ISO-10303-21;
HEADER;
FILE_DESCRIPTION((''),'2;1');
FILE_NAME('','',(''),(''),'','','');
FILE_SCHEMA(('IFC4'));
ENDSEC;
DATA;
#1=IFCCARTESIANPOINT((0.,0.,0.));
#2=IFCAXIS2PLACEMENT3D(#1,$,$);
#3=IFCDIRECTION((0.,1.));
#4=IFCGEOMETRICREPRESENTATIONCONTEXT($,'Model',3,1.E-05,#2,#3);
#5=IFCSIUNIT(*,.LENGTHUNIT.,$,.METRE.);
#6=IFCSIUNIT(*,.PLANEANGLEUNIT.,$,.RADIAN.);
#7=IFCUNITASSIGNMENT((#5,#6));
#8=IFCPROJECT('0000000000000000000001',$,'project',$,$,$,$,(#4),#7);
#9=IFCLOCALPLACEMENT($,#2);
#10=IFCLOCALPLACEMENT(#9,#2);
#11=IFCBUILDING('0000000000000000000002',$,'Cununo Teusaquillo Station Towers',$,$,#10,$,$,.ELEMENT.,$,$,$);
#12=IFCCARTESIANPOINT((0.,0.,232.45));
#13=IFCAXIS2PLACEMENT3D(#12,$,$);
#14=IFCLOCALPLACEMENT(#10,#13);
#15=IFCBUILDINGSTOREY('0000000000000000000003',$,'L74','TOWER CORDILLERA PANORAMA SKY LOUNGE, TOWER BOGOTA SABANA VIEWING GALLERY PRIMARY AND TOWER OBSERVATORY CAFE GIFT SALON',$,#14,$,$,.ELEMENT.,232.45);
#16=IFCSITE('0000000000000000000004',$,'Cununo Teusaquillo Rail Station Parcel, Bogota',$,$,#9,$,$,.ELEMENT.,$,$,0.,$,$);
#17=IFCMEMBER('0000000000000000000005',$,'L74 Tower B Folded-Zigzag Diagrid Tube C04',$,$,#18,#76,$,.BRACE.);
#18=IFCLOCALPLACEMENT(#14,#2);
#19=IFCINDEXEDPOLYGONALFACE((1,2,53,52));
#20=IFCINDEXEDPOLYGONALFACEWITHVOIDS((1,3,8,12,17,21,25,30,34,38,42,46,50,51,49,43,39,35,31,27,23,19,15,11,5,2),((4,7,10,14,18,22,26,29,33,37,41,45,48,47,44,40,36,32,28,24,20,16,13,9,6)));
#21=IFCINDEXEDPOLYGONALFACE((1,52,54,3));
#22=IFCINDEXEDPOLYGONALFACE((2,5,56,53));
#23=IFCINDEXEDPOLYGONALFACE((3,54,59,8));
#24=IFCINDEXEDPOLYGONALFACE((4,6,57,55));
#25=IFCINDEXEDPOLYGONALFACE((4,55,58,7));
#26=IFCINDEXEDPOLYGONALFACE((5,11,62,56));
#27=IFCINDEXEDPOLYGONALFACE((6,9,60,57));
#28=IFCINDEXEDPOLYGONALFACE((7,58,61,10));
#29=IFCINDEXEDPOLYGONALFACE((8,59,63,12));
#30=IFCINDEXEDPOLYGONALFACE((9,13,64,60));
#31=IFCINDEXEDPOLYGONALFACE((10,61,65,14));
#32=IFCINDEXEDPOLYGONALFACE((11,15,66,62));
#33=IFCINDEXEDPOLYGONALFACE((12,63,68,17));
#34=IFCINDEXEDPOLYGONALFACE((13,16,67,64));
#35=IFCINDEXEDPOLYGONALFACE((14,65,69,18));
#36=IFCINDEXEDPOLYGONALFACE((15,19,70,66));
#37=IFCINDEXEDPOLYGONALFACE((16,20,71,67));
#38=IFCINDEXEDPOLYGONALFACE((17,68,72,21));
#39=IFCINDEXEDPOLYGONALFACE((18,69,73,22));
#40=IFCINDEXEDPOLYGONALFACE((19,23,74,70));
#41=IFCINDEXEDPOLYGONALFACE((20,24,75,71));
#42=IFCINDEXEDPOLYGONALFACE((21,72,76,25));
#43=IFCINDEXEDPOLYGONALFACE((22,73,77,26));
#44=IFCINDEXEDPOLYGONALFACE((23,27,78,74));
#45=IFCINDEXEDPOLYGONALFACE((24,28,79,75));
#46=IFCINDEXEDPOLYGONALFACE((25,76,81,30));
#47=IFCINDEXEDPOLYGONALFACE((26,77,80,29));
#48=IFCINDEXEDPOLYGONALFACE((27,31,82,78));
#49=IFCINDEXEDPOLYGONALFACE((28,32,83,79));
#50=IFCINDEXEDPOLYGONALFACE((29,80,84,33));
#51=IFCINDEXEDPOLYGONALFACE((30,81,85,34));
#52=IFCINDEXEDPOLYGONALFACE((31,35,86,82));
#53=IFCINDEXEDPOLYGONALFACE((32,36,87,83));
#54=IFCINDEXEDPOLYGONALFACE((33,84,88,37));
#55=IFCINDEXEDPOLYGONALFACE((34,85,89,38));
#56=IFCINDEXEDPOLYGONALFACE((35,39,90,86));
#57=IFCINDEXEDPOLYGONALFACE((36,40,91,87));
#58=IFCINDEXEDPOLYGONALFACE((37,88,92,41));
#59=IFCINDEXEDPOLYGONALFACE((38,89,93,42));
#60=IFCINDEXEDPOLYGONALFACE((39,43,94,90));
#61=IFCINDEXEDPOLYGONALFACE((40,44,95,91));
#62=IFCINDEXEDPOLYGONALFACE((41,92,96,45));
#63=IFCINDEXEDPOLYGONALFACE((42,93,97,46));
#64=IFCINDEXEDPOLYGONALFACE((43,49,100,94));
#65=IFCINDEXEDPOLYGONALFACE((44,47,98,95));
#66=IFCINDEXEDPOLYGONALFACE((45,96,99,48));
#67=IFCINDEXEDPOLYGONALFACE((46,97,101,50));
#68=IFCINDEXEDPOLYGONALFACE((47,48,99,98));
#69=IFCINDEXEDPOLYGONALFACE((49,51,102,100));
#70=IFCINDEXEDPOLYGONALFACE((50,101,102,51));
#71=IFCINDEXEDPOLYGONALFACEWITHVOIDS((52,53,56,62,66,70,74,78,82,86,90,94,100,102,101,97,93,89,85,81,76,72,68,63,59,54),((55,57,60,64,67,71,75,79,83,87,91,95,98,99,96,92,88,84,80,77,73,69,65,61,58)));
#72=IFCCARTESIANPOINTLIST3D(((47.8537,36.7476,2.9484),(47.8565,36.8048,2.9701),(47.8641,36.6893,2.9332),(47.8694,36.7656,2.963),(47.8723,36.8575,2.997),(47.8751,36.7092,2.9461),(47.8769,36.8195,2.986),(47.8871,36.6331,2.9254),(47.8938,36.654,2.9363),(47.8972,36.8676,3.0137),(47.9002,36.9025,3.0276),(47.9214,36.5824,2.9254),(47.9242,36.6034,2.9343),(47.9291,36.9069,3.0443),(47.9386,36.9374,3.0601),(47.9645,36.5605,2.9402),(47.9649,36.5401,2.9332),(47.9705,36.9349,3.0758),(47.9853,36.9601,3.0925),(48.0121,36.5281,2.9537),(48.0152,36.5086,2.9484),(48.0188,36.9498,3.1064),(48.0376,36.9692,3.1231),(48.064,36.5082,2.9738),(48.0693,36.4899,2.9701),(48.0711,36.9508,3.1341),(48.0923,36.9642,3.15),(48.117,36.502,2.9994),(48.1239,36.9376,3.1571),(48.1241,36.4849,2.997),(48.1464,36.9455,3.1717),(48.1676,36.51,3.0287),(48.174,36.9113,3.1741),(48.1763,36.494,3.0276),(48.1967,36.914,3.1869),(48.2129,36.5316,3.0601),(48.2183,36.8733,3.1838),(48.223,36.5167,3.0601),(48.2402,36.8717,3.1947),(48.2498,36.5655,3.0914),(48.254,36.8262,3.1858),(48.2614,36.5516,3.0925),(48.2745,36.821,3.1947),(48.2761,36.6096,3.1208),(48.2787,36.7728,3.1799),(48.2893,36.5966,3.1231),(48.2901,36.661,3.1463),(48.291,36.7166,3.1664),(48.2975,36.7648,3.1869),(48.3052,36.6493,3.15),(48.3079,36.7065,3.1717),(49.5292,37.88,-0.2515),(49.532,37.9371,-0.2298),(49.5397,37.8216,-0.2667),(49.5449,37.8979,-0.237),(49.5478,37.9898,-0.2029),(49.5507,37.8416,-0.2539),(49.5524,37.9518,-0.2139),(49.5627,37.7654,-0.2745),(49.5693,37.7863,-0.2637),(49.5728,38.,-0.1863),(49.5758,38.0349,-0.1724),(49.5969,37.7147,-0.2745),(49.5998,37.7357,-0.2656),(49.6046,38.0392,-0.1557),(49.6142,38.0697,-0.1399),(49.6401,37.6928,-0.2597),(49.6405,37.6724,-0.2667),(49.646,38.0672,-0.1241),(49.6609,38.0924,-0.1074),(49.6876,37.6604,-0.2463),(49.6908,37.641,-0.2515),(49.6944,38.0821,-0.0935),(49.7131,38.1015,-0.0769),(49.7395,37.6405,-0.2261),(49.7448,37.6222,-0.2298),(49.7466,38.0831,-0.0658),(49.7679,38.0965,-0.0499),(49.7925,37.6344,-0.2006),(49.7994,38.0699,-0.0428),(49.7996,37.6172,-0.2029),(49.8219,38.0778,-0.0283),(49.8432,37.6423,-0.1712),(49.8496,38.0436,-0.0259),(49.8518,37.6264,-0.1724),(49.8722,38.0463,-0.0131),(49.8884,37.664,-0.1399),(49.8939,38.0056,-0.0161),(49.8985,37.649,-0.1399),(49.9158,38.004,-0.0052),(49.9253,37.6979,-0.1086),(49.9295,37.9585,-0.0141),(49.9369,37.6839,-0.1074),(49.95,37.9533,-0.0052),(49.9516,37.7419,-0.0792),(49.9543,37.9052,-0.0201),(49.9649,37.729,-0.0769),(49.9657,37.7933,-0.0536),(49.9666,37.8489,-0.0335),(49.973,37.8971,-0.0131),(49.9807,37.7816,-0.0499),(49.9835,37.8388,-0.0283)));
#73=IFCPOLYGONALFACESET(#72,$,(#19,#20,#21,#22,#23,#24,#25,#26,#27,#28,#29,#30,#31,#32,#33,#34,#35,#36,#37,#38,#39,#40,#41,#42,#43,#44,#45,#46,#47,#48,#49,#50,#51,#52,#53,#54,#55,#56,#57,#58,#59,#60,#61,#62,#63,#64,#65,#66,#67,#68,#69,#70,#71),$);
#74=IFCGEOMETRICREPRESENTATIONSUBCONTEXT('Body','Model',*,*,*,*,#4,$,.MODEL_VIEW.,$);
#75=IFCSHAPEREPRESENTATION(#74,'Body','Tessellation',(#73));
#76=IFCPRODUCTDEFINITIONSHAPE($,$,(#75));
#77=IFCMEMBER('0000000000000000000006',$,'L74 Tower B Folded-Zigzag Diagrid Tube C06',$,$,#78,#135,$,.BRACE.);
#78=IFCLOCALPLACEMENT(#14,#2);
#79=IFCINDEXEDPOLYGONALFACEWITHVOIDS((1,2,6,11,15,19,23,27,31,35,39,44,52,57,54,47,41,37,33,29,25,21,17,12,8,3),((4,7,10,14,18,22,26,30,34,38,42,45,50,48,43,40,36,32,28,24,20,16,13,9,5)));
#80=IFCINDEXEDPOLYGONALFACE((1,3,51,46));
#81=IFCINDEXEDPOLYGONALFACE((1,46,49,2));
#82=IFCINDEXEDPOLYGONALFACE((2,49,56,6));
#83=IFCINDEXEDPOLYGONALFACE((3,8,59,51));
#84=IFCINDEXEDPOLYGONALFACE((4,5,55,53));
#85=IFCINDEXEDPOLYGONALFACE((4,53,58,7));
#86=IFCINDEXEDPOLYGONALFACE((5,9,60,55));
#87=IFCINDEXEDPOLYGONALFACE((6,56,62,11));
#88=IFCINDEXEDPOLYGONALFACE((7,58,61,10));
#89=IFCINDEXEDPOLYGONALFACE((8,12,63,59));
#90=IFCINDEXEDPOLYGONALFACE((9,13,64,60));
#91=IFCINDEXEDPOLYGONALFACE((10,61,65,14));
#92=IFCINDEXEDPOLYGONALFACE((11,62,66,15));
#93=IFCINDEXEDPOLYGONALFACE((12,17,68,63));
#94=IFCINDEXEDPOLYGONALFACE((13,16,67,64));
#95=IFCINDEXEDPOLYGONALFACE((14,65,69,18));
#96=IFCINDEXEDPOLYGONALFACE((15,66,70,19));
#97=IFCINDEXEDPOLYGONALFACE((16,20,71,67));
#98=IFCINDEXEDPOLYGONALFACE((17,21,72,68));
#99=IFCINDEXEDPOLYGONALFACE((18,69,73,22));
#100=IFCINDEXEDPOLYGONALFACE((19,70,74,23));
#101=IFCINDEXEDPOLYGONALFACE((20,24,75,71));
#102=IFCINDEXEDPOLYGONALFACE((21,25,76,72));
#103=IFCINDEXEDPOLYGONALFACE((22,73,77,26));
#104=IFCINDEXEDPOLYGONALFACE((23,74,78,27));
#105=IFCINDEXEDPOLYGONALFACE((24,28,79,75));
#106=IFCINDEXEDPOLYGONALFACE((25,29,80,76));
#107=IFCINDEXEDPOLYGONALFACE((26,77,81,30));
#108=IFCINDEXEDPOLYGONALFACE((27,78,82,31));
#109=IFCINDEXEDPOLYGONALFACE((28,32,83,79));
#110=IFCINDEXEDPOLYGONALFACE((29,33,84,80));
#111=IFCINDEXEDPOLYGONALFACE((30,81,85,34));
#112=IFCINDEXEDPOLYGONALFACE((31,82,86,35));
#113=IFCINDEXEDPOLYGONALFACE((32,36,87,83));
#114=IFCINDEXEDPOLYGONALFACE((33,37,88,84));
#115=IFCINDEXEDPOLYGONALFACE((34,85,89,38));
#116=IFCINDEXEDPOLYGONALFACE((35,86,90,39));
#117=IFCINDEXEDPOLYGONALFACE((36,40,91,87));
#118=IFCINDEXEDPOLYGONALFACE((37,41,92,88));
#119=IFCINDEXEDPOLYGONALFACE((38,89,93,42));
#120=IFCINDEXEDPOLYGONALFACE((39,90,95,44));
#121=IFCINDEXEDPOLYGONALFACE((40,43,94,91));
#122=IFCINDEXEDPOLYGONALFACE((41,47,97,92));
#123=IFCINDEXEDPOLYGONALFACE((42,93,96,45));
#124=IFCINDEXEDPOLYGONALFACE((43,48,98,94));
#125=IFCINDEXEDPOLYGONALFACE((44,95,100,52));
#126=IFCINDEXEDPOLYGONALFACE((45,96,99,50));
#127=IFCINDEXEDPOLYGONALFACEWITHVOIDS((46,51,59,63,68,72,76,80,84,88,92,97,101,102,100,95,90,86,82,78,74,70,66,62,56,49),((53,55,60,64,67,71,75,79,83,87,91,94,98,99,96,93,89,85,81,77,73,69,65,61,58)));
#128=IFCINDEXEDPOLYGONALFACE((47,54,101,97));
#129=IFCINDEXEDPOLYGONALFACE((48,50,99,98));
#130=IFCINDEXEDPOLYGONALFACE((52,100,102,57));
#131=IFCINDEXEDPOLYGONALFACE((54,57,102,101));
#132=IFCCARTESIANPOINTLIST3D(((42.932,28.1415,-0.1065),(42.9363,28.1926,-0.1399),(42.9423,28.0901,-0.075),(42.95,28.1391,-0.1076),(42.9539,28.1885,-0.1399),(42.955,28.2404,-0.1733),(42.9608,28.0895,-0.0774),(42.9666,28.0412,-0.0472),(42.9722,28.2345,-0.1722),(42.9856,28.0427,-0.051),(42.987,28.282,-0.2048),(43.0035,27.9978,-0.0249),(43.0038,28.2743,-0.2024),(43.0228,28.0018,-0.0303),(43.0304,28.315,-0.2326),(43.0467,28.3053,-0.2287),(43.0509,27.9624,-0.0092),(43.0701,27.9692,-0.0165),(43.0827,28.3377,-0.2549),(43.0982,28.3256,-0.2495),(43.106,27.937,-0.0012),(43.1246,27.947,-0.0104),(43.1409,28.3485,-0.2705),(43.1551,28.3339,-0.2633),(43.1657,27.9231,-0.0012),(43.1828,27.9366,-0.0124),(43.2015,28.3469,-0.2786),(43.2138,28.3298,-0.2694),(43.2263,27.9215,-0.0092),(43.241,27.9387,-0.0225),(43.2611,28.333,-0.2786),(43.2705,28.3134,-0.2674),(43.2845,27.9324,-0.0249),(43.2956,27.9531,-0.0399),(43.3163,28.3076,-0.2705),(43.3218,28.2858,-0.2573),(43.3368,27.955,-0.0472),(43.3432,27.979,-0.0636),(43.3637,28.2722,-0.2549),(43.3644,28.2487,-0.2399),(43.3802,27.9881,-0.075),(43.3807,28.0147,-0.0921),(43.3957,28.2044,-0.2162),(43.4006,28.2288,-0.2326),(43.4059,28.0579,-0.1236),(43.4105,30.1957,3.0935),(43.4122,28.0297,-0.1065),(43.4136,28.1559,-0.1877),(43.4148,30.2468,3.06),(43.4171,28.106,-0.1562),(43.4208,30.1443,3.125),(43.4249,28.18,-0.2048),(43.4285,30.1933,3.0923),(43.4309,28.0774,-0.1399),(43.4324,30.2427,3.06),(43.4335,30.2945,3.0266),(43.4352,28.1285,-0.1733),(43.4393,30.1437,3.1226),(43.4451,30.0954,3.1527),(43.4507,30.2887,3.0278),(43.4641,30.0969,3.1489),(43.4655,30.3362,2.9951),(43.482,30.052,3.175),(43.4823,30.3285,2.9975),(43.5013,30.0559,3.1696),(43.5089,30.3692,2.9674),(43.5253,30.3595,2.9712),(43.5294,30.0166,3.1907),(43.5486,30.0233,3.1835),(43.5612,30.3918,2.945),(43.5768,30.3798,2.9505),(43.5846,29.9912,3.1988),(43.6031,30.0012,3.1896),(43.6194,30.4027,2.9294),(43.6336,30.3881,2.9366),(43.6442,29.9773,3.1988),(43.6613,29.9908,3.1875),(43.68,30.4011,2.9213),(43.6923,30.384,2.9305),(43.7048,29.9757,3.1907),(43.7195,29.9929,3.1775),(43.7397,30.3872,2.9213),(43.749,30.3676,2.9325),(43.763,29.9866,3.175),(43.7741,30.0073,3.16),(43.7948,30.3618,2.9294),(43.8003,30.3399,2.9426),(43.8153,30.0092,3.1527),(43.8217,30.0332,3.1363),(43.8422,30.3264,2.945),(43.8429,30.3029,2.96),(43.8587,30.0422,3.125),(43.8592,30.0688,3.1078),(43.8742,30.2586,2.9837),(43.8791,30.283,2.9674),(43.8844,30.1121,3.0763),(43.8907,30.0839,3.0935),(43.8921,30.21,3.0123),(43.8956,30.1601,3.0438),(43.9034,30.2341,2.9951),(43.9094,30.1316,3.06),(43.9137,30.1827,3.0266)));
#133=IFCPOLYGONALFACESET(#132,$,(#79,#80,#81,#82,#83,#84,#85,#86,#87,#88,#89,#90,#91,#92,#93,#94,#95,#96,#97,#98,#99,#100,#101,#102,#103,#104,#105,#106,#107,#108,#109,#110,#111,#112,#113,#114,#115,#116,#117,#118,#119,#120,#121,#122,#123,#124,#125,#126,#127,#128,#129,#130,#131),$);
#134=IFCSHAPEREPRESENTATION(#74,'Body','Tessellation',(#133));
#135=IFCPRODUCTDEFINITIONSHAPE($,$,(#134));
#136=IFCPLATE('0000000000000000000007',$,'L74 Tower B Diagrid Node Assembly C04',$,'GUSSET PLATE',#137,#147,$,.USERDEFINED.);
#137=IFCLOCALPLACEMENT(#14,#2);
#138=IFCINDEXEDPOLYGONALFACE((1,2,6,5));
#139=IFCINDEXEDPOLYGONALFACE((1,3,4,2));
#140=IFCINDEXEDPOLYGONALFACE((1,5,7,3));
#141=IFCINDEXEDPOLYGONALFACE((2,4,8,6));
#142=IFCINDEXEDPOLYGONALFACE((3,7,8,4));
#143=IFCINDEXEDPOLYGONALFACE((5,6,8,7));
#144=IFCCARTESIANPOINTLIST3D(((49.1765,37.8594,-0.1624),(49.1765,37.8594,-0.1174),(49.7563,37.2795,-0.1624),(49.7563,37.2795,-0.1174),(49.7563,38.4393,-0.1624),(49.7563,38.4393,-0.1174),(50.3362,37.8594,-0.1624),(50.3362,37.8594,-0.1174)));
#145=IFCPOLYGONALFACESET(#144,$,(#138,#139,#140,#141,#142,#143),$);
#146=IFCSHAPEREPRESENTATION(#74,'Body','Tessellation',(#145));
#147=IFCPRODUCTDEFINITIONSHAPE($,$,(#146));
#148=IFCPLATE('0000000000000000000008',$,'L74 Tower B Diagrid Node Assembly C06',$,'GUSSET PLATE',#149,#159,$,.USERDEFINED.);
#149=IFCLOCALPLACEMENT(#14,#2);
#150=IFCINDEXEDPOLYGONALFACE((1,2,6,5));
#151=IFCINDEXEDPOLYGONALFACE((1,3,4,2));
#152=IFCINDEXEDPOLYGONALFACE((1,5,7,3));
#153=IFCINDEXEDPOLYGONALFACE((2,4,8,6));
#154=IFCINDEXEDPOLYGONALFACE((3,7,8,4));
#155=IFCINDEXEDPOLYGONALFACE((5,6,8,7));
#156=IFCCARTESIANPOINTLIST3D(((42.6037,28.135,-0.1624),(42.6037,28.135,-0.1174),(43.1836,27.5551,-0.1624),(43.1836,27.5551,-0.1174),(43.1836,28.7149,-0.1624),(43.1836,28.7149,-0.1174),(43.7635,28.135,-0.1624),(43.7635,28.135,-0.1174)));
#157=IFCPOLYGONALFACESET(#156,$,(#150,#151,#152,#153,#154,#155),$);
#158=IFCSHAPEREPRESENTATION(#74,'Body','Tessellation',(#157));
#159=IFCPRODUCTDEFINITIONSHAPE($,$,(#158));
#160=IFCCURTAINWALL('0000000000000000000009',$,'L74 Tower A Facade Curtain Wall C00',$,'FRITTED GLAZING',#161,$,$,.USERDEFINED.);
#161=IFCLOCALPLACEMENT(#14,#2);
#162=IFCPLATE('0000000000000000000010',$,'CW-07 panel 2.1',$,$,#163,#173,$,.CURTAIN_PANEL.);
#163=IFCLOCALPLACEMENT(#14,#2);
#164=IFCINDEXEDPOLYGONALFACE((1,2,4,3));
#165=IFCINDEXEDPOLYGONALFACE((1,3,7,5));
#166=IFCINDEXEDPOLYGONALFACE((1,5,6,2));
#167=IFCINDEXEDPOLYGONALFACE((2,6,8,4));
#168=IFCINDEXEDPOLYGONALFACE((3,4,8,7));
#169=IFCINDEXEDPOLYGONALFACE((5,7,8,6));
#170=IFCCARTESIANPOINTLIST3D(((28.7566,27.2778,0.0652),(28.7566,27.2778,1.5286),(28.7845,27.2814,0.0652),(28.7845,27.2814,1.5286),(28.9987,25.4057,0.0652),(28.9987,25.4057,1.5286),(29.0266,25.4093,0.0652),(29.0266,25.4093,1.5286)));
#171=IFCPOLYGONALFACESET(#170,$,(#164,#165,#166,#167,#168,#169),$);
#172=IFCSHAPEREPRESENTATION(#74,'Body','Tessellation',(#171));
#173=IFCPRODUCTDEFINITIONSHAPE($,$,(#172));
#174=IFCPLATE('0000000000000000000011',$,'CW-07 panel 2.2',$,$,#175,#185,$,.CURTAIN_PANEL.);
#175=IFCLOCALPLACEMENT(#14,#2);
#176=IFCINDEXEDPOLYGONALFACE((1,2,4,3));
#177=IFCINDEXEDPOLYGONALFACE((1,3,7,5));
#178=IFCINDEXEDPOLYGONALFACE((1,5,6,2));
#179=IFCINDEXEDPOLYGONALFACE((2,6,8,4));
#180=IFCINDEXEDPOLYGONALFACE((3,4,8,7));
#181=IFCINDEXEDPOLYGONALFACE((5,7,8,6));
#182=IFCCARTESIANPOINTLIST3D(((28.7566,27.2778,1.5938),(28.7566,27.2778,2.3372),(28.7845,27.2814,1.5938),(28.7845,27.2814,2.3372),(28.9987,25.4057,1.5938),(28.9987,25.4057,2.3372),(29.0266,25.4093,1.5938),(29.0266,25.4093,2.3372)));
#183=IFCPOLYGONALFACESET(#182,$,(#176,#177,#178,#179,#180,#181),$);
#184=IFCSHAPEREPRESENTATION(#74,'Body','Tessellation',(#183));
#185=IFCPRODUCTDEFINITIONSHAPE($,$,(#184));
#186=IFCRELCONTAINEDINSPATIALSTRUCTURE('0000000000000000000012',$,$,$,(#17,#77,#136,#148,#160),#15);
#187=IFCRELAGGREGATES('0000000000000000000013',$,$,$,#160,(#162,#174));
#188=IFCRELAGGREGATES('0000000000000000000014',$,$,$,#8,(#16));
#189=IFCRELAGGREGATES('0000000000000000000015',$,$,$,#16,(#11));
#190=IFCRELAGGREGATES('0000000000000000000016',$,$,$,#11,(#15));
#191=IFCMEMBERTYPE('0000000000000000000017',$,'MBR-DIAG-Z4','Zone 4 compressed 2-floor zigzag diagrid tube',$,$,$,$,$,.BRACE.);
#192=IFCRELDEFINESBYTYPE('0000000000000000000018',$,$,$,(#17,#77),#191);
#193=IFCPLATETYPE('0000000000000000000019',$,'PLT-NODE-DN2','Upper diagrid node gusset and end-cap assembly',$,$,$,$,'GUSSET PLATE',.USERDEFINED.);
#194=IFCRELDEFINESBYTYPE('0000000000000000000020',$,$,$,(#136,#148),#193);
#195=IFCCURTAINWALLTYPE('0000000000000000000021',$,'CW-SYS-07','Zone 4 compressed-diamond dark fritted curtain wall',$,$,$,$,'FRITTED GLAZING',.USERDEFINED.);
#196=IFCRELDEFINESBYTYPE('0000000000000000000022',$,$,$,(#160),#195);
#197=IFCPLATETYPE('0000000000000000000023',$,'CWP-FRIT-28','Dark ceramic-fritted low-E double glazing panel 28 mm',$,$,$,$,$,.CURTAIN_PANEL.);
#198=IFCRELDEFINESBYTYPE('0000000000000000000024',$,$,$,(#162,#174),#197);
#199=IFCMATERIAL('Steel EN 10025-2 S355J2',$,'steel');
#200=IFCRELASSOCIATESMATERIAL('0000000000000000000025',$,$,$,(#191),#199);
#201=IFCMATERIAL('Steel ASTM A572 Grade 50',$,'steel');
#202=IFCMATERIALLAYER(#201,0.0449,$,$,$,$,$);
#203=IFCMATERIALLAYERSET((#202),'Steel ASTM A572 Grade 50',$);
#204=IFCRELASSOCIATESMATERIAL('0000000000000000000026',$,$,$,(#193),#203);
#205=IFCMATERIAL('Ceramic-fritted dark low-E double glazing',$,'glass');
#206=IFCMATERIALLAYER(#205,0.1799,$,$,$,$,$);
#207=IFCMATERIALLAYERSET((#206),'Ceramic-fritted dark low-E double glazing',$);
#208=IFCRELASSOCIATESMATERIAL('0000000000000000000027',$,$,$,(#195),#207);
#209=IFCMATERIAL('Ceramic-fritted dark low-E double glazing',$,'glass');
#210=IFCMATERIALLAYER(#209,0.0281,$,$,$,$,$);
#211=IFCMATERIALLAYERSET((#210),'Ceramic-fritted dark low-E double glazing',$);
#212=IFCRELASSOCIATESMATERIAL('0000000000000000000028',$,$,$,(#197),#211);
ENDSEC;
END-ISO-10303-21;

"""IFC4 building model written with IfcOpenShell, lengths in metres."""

from ifc_helpers import new_model, si_unit, direction, frame, origin, origin_2d, place, context, subcontext, project, spatial, rectangle, hollow_circle, extrude, source, transform, mapped, material, layer, layer_set, material_profile, profile_set, type_object, element, aggregate, save


model = new_model("IFC4")

# Units and contexts
model_context = context("Model", 3, precision=1e-05, world=origin(), true_north=direction((0.0, 1.0)))
body_context = subcontext(model_context, "Body", "Model", "MODEL_VIEW")
ifc_project = project(units=[si_unit("LENGTHUNIT", "METRE"), si_unit("PLANEANGLEUNIT", "RADIAN")], contexts=[model_context])

# Site, building, storey
site_placement = place(None, origin())
site = spatial("IfcSite", under=ifc_project, at=site_placement, Name="Cununo Teusaquillo Rail Station Parcel, Bogota", CompositionType="ELEMENT", RefElevation=0.0)
building_placement = place(site_placement, origin())
building = spatial("IfcBuilding", under=site, at=building_placement, Name="Cununo Teusaquillo Station Towers", CompositionType="ELEMENT")
storey_placement = place(building_placement, frame((0.0, 0.0, 232.45)))
storey = spatial("IfcBuildingStorey", under=building, at=storey_placement, Name="L74", Description="TOWER CORDILLERA PANORAMA SKY LOUNGE, TOWER BOGOTA SABANA VIEWING GALLERY PRIMARY AND TOWER OBSERVATORY CAFE GIFT SALON", CompositionType="ELEMENT", Elevation=232.45)

# Members
ifc_material_1 = material(Name="Steel EN 10025-2 S355J2", Category="steel")
ifc_material_profile_1 = material_profile(ifc_material_1, hollow_circle(Radius=0.2539, WallThickness=0.0181, at=origin_2d()), Name="CHS 508x18")
ifc_profile_set_1 = profile_set([ifc_material_profile_1], Name="Steel EN 10025-2 S355J2")
member_type = type_object("IfcMemberType", Name="MBR-DIAG-Z4", Description="Zone 4 compressed 2-floor zigzag diagrid tube", PredefinedType="BRACE", material=ifc_profile_set_1)
member_1_placement = place(storey_placement, frame((49.7563, 37.8594, -0.1399), z_axis=(-0.442631, -0.299129, 0.84534), x_axis=(0.559927, -0.828542, 0.0)))
element("IfcMember", 1, at=member_1_placement, inside=storey, type_object=member_type, Name="L74 Tower B Folded-Zigzag Diagrid Tube C04", PredefinedType="BRACE", context=body_context, shape_type="SweptSolid", body=[
    extrude(hollow_circle(Radius=0.2539, WallThickness=0.0181, at=origin_2d()), origin(), (0.0, 0.0, 1.0), 3.7854),
])
member_2_placement = place(storey_placement, frame((43.1836, 28.135, -0.1399), z_axis=(0.124856, 0.535988, 0.834942), x_axis=(-0.973925, 0.226871, 0.0)))
element("IfcMember", 2, at=member_2_placement, inside=storey, type_object=member_type, Name="L74 Tower B Folded-Zigzag Diagrid Tube C06", PredefinedType="BRACE", context=body_context, shape_type="SweptSolid", body=[
    extrude(hollow_circle(Radius=0.2539, WallThickness=0.0181, at=origin_2d()), origin(), (0.0, 0.0, 1.0), 3.8325),
])

# Plates
ifc_material_2 = material(Name="Steel ASTM A572 Grade 50", Category="steel")
ifc_layer_1 = layer(ifc_material_2, 0.0449)
ifc_layer_set_1 = layer_set([ifc_layer_1], Name="Steel ASTM A572 Grade 50")
plate_type_1 = type_object("IfcPlateType", Name="PLT-NODE-DN2", Description="Upper diagrid node gusset and end-cap assembly", ElementType="GUSSET PLATE", PredefinedType="USERDEFINED", material=ifc_layer_set_1)
shared_shape_1 = source(origin(), body_context, "Body", "SweptSolid", [
    extrude(rectangle(XDim=0.8201, YDim=0.8201, at=origin_2d()), origin(), (0.0, 0.0, 1.0), 0.0449),
])
for number, where, z_axis, x_axis, name in (
    (3, (49.7563, 37.8594, -0.1624), (0.0, 0.0, 1.0), (0.707107, 0.707107, 0.0), "L74 Tower B Diagrid Node Assembly C04"),
    (4, (43.1836, 28.135, -0.1624), (0.0, 0.0, 1.0), (0.707107, 0.707107, 0.0), "L74 Tower B Diagrid Node Assembly C06"),
):
    element("IfcPlate", number, at=place(storey_placement, frame(where, z_axis=z_axis, x_axis=x_axis)), inside=storey, type_object=plate_type_1, Name=name, ObjectType="GUSSET PLATE", PredefinedType="USERDEFINED", context=body_context, shape_type="MappedRepresentation", body=[
        mapped(shared_shape_1, transform((0.0, 0.0, 0.0), x_axis=(1.0, 0.0, 0.0), y_axis=(0.0, 1.0, 0.0), z_axis=(0.0, 0.0, 1.0), scale=1.0)),
    ])

# Curtain wall, plates
ifc_material_3 = material(Name="Ceramic-fritted dark low-E double glazing", Category="glass")
ifc_layer_2 = layer(ifc_material_3, 0.1799)
ifc_layer_set_2 = layer_set([ifc_layer_2], Name="Ceramic-fritted dark low-E double glazing")
curtain_wall_type = type_object("IfcCurtainWallType", Name="CW-SYS-07", Description="Zone 4 compressed-diamond dark fritted curtain wall", ElementType="FRITTED GLAZING", PredefinedType="USERDEFINED", material=ifc_layer_set_2)
curtain_wall_placement = place(storey_placement, origin())
curtain_wall = element("IfcCurtainWall", 5, at=curtain_wall_placement, inside=storey, type_object=curtain_wall_type, Name="L74 Tower A Facade Curtain Wall C00", ObjectType="FRITTED GLAZING", PredefinedType="USERDEFINED")
ifc_material_4 = material(Name="Ceramic-fritted dark low-E double glazing", Category="glass")
ifc_layer_3 = layer(ifc_material_4, 0.0281)
ifc_layer_set_3 = layer_set([ifc_layer_3], Name="Ceramic-fritted dark low-E double glazing")
plate_type_2 = type_object("IfcPlateType", Name="CWP-FRIT-28", Description="Dark ceramic-fritted low-E double glazing panel 28 mm", PredefinedType="CURTAIN_PANEL", material=ifc_layer_set_3)
shared_shape_2 = source(origin(), body_context, "Body", "SweptSolid", [
    extrude(rectangle(XDim=1.8877, YDim=0.0281, at=origin_2d()), origin(), (0.0, 0.0, 1.0), 1.4634),
])
plate_1_placement = place(storey_placement, frame((28.8916, 26.3435, 0.0652), z_axis=(0.0, 0.0, 1.0), x_axis=(0.128253, -0.991742, 0.0)))
plate_1 = element("IfcPlate", 6, at=plate_1_placement, type_object=plate_type_2, Name="CW-07 panel 2.1", PredefinedType="CURTAIN_PANEL", context=body_context, shape_type="MappedRepresentation", body=[
    mapped(shared_shape_2, transform((0.0, 0.0, 0.0), x_axis=(1.0, 0.0, 0.0), y_axis=(0.0, 1.0, 0.0), z_axis=(0.0, 0.0, 1.0), scale=1.0)),
])
shared_shape_3 = source(origin(), body_context, "Body", "SweptSolid", [
    extrude(rectangle(XDim=1.8877, YDim=0.0281, at=origin_2d()), origin(), (0.0, 0.0, 1.0), 0.7434),
])
plate_2_placement = place(storey_placement, frame((28.8916, 26.3435, 1.5938), z_axis=(0.0, 0.0, 1.0), x_axis=(0.128253, -0.991742, 0.0)))
plate_2 = element("IfcPlate", 7, at=plate_2_placement, type_object=plate_type_2, Name="CW-07 panel 2.2", PredefinedType="CURTAIN_PANEL", context=body_context, shape_type="MappedRepresentation", body=[
    mapped(shared_shape_3, transform((0.0, 0.0, 0.0), x_axis=(1.0, 0.0, 0.0), y_axis=(0.0, 1.0, 0.0), z_axis=(0.0, 0.0, 1.0), scale=1.0)),
])
aggregate(curtain_wall, [plate_1, plate_2])

save(model, "model.ifc")
